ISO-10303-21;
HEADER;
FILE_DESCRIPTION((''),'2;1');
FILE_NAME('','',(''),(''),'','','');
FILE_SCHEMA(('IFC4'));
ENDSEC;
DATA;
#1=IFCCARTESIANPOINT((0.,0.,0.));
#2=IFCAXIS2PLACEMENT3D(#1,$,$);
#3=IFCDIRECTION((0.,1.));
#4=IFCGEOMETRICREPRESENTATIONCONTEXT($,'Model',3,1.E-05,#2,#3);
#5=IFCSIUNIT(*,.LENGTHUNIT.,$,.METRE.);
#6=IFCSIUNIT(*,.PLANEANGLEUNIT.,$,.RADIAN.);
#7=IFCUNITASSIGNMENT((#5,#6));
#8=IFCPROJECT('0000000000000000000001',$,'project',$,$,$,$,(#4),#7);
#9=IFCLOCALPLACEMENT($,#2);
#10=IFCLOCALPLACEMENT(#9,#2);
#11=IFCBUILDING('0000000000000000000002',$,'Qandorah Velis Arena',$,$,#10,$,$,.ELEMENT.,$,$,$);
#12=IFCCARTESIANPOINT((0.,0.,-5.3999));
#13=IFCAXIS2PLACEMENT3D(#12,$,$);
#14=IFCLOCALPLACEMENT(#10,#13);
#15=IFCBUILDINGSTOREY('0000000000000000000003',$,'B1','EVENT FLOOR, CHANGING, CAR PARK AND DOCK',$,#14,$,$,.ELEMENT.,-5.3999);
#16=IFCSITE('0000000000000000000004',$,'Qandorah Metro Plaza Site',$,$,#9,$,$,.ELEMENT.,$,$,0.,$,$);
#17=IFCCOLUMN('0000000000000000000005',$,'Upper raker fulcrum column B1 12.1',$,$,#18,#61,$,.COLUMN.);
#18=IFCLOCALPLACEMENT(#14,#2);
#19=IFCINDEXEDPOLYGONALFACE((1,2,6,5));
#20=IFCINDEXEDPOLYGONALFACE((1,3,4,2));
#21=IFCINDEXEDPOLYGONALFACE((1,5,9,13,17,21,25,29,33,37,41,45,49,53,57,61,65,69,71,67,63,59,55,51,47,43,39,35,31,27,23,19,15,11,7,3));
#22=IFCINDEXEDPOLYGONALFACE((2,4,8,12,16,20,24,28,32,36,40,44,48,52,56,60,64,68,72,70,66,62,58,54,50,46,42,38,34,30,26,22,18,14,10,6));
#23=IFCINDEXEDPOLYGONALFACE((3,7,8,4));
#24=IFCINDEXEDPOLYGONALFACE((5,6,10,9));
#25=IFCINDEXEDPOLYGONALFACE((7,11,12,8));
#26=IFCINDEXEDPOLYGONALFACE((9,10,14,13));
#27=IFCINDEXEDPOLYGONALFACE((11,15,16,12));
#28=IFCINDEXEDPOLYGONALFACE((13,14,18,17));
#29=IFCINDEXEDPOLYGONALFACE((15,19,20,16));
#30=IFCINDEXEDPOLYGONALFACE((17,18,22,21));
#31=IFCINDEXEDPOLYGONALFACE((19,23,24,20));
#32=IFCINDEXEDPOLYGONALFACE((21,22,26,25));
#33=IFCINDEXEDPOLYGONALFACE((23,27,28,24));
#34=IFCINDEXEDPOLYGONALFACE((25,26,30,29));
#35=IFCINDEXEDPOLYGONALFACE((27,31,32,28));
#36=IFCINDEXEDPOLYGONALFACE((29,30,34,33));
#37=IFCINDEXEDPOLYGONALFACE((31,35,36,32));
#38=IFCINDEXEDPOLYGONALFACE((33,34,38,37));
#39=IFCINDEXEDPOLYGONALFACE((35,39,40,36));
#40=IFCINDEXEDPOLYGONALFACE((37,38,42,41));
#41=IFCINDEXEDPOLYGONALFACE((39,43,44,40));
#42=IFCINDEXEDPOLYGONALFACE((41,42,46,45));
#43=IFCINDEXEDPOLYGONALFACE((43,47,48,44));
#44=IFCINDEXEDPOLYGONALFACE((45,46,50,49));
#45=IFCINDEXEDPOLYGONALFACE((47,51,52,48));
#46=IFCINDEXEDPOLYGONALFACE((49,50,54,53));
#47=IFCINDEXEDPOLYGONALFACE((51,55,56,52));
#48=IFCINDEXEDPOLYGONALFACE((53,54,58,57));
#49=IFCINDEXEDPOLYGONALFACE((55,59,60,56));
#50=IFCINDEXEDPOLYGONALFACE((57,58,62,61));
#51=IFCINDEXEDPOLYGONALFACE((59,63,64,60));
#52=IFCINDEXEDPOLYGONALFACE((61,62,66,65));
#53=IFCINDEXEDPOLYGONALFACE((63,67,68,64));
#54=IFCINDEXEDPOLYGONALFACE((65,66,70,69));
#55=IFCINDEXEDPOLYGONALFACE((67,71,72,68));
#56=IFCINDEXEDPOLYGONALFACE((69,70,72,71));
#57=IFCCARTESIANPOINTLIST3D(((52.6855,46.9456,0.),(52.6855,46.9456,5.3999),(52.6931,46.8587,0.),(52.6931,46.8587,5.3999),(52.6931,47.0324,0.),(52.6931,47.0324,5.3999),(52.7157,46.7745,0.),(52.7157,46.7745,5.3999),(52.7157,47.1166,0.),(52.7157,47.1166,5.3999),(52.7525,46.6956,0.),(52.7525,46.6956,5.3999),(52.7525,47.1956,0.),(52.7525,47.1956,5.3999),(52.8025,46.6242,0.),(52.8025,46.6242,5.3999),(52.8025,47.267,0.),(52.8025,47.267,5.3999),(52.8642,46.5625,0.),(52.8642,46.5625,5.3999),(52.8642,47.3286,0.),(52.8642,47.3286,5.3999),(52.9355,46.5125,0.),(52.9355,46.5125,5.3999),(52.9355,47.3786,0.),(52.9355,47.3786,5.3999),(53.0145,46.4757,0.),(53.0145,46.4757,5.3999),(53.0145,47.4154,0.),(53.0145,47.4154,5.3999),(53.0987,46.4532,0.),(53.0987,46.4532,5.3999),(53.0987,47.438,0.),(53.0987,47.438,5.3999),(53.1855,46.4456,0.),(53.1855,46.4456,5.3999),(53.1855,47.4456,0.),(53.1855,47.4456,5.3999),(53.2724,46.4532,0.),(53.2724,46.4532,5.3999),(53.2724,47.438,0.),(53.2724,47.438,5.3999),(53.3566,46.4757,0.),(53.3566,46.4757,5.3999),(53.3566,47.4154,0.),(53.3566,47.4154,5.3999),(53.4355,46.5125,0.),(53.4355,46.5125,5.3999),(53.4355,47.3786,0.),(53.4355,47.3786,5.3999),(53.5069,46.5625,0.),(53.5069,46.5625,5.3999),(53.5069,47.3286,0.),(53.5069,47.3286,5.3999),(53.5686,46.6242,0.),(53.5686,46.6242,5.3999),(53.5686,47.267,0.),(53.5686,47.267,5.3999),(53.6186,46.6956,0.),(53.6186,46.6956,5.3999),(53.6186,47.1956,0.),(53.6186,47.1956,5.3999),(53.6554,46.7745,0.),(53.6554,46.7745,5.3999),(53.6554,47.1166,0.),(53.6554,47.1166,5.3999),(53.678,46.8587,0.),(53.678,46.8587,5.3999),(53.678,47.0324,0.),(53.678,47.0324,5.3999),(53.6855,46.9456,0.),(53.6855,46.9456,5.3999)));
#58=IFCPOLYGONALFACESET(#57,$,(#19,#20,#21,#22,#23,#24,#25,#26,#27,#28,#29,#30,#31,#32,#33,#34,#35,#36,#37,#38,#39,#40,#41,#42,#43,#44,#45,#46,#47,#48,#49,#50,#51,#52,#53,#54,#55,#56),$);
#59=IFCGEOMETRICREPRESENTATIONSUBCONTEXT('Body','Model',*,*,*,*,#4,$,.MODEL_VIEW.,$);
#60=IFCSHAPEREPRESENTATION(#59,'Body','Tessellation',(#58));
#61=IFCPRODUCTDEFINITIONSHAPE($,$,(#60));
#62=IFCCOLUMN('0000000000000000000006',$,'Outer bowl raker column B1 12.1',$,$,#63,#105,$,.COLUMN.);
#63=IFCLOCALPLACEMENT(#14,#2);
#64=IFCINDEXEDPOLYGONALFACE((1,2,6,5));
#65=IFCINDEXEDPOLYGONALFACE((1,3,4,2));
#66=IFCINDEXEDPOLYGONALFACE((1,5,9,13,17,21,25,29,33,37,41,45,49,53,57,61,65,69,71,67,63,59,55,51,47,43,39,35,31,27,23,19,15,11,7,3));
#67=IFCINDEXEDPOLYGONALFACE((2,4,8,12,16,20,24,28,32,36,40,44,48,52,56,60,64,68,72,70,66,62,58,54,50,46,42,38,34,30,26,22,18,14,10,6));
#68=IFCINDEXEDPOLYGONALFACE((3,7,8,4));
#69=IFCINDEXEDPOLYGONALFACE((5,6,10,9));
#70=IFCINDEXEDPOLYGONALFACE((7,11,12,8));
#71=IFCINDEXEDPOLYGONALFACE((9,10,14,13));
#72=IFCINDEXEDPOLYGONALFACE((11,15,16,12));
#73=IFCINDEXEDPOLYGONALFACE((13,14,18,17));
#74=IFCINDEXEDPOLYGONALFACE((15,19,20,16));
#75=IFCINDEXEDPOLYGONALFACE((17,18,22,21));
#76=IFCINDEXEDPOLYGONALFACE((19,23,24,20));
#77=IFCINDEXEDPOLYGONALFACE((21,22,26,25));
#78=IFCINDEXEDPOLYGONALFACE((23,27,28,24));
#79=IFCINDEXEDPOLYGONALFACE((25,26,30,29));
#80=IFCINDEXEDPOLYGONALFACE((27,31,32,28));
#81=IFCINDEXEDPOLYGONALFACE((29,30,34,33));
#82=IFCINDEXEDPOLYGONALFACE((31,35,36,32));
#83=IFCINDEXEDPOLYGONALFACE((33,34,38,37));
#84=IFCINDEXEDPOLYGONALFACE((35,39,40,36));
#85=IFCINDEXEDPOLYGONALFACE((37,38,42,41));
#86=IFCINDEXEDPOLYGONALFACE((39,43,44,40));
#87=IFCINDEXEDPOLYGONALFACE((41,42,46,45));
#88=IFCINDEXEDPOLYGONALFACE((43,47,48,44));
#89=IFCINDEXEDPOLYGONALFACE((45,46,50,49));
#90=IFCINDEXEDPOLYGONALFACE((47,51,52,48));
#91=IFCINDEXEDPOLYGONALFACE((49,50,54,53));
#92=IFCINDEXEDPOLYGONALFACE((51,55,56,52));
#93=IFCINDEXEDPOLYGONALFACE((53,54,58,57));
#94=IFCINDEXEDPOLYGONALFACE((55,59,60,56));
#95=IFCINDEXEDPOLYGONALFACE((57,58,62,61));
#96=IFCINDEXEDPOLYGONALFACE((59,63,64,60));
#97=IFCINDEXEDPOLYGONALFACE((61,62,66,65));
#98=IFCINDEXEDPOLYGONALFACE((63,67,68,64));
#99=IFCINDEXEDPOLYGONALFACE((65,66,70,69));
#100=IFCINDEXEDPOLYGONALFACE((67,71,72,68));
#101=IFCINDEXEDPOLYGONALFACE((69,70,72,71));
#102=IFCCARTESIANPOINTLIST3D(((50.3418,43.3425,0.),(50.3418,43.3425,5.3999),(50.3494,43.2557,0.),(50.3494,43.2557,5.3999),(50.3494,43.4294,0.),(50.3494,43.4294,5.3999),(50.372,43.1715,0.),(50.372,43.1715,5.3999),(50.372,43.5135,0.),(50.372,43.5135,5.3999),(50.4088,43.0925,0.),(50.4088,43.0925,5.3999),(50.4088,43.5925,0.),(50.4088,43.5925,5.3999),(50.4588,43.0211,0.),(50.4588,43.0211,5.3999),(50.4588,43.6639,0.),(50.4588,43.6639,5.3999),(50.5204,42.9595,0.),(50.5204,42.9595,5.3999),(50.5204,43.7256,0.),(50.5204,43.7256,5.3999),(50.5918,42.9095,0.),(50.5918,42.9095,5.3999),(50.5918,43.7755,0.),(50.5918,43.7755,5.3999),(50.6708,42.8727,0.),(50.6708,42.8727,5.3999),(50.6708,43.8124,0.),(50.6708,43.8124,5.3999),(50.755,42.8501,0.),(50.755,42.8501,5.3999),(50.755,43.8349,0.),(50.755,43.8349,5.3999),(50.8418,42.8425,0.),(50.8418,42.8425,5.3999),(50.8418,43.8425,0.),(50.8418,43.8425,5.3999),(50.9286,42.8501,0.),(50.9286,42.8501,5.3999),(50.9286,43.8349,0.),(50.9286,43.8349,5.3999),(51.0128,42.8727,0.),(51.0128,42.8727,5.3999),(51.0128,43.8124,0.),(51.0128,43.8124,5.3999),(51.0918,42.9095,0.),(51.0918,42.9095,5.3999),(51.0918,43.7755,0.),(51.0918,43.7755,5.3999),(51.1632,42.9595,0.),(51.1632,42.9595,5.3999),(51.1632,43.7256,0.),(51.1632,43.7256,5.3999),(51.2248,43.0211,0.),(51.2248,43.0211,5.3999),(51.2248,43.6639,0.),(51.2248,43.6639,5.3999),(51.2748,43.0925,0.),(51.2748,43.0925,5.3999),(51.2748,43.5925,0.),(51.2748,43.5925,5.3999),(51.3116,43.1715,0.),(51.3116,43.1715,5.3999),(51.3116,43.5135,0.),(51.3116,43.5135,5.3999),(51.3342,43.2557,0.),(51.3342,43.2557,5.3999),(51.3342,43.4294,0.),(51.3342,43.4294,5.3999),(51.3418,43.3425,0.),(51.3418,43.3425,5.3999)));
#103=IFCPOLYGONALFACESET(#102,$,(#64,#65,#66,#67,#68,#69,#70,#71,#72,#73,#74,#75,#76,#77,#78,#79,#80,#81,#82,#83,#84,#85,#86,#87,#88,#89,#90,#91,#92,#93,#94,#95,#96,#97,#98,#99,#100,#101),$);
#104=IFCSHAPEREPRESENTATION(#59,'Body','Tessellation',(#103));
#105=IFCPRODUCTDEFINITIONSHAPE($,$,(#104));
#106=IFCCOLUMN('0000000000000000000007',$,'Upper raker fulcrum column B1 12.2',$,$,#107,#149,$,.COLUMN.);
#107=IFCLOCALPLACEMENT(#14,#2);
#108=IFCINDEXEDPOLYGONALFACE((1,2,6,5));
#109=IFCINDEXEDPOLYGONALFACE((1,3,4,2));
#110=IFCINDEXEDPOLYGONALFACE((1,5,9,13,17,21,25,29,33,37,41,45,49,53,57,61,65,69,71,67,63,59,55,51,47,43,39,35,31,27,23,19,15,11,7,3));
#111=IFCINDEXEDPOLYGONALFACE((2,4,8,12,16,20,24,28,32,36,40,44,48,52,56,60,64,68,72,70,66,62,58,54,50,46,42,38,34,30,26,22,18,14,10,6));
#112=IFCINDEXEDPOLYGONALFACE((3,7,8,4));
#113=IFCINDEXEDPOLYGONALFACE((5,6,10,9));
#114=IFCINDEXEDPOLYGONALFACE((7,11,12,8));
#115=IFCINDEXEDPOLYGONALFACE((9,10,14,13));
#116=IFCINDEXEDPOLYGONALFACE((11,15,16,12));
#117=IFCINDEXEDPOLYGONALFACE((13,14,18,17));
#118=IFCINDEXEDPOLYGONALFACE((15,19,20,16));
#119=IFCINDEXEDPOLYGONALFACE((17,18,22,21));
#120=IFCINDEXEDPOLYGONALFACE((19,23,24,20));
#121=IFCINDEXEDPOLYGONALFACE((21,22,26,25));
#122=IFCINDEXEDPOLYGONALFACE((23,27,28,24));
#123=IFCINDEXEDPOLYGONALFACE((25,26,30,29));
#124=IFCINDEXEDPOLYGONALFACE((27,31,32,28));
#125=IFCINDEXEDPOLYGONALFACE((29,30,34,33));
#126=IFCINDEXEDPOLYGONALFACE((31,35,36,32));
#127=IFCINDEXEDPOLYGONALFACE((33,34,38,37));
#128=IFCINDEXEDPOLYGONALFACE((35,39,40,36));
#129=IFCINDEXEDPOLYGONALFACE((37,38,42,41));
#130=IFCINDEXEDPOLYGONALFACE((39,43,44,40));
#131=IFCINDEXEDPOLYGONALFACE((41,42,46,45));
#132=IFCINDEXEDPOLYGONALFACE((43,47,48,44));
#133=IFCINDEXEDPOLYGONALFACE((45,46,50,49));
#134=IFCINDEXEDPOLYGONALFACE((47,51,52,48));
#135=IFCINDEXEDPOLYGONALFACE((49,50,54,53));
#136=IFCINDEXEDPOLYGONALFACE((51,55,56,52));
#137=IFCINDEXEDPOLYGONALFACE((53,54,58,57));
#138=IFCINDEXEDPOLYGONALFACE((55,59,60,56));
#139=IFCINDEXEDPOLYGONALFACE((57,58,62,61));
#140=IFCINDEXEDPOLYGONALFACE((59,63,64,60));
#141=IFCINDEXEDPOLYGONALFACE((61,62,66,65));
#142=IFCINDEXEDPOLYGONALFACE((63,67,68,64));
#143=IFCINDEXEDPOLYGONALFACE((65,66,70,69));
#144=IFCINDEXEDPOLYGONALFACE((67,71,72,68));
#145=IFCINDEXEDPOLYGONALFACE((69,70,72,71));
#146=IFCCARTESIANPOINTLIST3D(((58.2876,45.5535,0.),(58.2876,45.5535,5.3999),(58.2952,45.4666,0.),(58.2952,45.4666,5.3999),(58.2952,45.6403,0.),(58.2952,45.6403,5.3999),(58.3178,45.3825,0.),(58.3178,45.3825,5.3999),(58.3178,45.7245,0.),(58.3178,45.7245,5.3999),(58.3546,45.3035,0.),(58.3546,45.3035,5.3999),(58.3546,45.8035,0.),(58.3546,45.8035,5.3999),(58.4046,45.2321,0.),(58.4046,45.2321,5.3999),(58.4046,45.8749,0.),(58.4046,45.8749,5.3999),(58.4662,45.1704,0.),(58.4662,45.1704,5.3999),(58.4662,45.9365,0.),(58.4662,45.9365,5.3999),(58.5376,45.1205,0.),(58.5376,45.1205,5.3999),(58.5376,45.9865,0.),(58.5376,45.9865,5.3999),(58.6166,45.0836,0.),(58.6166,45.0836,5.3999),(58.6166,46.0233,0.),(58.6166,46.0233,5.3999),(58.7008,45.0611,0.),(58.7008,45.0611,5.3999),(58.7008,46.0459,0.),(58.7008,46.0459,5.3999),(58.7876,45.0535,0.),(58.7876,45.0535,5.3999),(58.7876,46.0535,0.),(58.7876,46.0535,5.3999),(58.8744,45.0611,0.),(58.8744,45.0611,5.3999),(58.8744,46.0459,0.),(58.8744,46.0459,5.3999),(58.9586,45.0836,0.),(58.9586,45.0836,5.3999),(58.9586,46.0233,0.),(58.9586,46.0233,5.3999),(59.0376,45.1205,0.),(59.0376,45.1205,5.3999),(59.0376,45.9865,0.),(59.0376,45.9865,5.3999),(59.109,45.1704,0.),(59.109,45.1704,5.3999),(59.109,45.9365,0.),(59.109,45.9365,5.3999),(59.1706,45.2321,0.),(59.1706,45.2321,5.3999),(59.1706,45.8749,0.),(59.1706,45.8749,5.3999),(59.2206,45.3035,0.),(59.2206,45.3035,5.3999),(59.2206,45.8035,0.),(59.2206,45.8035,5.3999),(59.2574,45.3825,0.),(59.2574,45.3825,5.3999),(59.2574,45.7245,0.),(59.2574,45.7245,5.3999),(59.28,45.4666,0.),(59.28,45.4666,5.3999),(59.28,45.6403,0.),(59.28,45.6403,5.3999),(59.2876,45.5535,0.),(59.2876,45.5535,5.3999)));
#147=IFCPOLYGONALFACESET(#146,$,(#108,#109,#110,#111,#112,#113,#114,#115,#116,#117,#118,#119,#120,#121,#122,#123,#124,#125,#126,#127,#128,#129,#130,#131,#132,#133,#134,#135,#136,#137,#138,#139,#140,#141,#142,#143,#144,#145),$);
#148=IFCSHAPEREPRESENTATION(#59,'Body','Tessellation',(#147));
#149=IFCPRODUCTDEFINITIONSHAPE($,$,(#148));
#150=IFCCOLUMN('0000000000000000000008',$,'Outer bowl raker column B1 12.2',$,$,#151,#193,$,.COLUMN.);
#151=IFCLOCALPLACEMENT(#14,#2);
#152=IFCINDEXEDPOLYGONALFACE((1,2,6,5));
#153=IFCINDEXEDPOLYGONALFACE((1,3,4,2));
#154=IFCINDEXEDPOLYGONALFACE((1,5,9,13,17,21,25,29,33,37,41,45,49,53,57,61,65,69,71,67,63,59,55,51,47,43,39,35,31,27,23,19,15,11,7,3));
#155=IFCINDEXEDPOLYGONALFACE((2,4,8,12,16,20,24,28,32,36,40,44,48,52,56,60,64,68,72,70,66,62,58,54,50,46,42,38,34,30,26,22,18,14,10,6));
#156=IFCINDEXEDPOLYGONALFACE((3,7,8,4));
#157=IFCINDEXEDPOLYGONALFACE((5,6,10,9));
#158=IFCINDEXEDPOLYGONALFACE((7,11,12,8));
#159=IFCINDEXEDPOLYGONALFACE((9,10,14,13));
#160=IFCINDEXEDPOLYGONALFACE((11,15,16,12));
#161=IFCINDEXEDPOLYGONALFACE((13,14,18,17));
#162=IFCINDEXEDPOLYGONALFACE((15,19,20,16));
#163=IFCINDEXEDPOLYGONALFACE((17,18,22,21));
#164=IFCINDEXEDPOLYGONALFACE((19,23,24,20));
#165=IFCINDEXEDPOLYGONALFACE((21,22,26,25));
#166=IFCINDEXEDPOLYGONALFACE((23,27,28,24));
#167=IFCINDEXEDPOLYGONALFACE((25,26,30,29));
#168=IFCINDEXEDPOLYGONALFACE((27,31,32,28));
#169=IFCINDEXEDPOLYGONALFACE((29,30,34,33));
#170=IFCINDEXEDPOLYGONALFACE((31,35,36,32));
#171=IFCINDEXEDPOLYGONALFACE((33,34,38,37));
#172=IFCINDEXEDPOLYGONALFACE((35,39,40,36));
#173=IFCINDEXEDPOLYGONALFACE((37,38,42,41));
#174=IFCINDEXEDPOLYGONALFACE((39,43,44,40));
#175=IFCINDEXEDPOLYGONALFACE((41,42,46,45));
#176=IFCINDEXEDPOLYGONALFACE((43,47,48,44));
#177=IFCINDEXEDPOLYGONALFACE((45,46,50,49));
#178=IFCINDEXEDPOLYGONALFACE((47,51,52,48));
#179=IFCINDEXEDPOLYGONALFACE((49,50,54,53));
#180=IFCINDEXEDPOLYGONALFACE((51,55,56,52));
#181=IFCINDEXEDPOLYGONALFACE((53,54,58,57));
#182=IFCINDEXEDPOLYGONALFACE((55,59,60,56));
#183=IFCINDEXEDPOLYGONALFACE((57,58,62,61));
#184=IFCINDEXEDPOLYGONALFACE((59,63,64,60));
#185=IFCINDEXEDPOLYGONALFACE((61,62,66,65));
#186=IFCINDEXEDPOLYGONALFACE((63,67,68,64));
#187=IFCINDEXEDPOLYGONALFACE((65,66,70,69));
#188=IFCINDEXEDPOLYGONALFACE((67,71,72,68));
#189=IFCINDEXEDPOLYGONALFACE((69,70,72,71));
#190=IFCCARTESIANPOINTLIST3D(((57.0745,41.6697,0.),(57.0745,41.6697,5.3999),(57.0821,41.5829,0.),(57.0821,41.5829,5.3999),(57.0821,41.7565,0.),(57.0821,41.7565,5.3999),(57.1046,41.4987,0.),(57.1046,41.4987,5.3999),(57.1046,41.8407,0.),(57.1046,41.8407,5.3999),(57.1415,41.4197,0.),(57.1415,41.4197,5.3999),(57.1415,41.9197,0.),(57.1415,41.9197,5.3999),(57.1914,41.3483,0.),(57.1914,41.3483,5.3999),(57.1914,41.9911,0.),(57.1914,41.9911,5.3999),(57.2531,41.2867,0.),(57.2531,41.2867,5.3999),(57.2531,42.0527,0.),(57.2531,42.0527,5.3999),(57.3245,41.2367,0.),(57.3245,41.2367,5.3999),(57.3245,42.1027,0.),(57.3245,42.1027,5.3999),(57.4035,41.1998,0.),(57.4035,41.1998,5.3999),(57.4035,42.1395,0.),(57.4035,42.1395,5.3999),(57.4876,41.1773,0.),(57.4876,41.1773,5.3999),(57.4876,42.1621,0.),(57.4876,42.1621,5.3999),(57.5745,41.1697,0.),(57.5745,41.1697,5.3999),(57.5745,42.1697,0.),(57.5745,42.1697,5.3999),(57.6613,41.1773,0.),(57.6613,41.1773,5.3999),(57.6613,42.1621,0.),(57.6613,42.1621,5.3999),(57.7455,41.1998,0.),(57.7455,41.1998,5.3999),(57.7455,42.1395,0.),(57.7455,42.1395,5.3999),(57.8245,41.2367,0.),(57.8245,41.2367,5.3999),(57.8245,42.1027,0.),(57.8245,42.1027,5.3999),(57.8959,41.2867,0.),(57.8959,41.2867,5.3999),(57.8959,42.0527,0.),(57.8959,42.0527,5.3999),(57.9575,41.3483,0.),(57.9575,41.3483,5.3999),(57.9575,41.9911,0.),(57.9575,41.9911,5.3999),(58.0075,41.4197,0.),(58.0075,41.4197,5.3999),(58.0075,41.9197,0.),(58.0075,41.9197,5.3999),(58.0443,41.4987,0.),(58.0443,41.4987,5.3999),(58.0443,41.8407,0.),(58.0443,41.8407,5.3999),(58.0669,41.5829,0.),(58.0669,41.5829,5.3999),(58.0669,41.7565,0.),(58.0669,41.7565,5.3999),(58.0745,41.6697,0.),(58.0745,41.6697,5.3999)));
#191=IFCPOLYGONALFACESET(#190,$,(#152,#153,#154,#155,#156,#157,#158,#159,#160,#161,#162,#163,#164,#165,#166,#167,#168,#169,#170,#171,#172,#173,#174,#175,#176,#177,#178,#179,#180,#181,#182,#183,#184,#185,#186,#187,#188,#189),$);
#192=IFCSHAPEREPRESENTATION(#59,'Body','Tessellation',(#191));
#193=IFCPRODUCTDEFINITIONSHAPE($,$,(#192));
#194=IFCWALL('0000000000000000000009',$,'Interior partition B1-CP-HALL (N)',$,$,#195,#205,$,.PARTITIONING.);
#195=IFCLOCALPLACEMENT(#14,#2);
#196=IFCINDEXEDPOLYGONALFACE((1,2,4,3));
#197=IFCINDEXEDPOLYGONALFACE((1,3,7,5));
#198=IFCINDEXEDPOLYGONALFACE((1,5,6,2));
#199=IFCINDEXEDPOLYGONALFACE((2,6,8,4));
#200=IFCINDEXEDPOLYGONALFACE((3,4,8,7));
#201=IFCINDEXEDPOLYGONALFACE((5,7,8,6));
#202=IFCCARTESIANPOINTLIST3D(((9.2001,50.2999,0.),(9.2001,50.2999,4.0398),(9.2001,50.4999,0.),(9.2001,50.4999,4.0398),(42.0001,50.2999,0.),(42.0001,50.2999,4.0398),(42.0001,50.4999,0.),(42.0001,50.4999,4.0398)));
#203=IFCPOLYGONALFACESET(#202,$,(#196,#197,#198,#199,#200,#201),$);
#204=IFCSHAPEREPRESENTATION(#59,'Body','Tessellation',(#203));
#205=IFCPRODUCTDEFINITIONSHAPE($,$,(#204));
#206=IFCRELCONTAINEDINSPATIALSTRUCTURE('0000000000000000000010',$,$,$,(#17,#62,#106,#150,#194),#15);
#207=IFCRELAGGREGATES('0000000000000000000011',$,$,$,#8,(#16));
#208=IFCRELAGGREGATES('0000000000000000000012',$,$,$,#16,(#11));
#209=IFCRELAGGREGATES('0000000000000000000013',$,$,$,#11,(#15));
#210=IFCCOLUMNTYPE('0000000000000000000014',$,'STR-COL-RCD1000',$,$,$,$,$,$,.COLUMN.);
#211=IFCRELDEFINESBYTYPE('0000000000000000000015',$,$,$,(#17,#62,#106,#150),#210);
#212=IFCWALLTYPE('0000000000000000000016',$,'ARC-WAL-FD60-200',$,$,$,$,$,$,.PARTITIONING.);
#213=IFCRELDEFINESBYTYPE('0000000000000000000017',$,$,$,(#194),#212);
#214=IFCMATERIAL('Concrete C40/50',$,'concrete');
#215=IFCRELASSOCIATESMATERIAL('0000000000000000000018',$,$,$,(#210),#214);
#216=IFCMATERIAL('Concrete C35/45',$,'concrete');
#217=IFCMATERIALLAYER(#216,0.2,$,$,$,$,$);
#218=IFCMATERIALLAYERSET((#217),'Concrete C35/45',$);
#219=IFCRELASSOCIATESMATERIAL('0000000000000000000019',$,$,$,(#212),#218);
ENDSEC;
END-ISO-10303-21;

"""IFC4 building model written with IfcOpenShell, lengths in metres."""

from ifc_helpers import new_model, si_unit, direction, frame, frame_2d, origin, origin_2d, place, context, subcontext, project, spatial, rectangle, circle, extrude, material, layer, layer_set, material_profile, profile_set, type_object, element, save


model = new_model("IFC4")

# Units and contexts
model_context = context("Model", 3, precision=1e-05, world=origin(), true_north=direction((0.0, 1.0)))
body_context = subcontext(model_context, "Body", "Model", "MODEL_VIEW")
ifc_project = project(units=[si_unit("LENGTHUNIT", "METRE"), si_unit("PLANEANGLEUNIT", "RADIAN")], contexts=[model_context])

# Site, building, storey
site_placement = place(None, origin())
site = spatial("IfcSite", under=ifc_project, at=site_placement, Name="Qandorah Metro Plaza Site", CompositionType="ELEMENT", RefElevation=0.0)
building_placement = place(site_placement, origin())
building = spatial("IfcBuilding", under=site, at=building_placement, Name="Qandorah Velis Arena", CompositionType="ELEMENT")
storey_placement = place(building_placement, frame((0.0, 0.0, -5.3999)))
storey = spatial("IfcBuildingStorey", under=building, at=storey_placement, Name="B1", Description="EVENT FLOOR, CHANGING, CAR PARK AND DOCK", CompositionType="ELEMENT", Elevation=-5.3999)

# Shared definitions
ifc_material_1 = material(Name="Concrete C40/50", Category="concrete")

# Columns
ifc_material_profile_1 = material_profile(ifc_material_1, circle(Radius=0.5, at=origin_2d()), Name="RC D1000")
ifc_profile_set_1 = profile_set([ifc_material_profile_1], Name="Concrete C40/50")
column_type_1 = type_object("IfcColumnType", Name="STR-COL-RCD1000", PredefinedType="COLUMN", material=ifc_profile_set_1)
for number, where, z_axis, x_axis, name in (
    (1, (53.1855, 46.9456, 0.0), (0.0, 0.0, 1.0), (1.0, 0.0, 0.0), "Upper raker fulcrum column B1 12.1"),
    (2, (50.8418, 43.3425, 0.0), (0.0, 0.0, 1.0), (1.0, 0.0, 0.0), "Outer bowl raker column B1 12.1"),
    (3, (58.7876, 45.5535, 0.0), (0.0, 0.0, 1.0), (1.0, 0.0, 0.0), "Upper raker fulcrum column B1 12.2"),
    (4, (57.5745, 41.6697, 0.0), (0.0, 0.0, 1.0), (1.0, 0.0, 0.0), "Outer bowl raker column B1 12.2"),
):
    element("IfcColumn", number, at=place(storey_placement, frame(where, z_axis=z_axis, x_axis=x_axis)), inside=storey, type_object=column_type_1, Name=name, PredefinedType="COLUMN", context=body_context, shape_type="SweptSolid", body=[
        extrude(circle(Radius=0.5, at=origin_2d()), origin(), (0.0, 0.0, 1.0), 5.3999),
    ])

# Wall
ifc_material_2 = material(Name="Concrete C35/45", Category="concrete")
ifc_layer = layer(ifc_material_2, 0.2)
ifc_layer_set = layer_set([ifc_layer], Name="Concrete C35/45")
wall_type = type_object("IfcWallType", Name="ARC-WAL-FD60-200", PredefinedType="PARTITIONING", material=ifc_layer_set)
wall_placement = place(storey_placement, frame((42.0, 50.3999, 0.0), z_axis=(0.0, 0.0, 1.0), x_axis=(-1.0, 0.0, 0.0)))
element("IfcWall", 5, at=wall_placement, inside=storey, type_object=wall_type, Name="Interior partition B1-CP-HALL (N)", PredefinedType="PARTITIONING", context=body_context, shape_type="SweptSolid", body=[
    extrude(rectangle(XDim=32.8, YDim=0.2, at=frame_2d((16.3999, 0.0))), origin(), (0.0, 0.0, 1.0), 4.0398),
])

save(model, "model.ifc")
